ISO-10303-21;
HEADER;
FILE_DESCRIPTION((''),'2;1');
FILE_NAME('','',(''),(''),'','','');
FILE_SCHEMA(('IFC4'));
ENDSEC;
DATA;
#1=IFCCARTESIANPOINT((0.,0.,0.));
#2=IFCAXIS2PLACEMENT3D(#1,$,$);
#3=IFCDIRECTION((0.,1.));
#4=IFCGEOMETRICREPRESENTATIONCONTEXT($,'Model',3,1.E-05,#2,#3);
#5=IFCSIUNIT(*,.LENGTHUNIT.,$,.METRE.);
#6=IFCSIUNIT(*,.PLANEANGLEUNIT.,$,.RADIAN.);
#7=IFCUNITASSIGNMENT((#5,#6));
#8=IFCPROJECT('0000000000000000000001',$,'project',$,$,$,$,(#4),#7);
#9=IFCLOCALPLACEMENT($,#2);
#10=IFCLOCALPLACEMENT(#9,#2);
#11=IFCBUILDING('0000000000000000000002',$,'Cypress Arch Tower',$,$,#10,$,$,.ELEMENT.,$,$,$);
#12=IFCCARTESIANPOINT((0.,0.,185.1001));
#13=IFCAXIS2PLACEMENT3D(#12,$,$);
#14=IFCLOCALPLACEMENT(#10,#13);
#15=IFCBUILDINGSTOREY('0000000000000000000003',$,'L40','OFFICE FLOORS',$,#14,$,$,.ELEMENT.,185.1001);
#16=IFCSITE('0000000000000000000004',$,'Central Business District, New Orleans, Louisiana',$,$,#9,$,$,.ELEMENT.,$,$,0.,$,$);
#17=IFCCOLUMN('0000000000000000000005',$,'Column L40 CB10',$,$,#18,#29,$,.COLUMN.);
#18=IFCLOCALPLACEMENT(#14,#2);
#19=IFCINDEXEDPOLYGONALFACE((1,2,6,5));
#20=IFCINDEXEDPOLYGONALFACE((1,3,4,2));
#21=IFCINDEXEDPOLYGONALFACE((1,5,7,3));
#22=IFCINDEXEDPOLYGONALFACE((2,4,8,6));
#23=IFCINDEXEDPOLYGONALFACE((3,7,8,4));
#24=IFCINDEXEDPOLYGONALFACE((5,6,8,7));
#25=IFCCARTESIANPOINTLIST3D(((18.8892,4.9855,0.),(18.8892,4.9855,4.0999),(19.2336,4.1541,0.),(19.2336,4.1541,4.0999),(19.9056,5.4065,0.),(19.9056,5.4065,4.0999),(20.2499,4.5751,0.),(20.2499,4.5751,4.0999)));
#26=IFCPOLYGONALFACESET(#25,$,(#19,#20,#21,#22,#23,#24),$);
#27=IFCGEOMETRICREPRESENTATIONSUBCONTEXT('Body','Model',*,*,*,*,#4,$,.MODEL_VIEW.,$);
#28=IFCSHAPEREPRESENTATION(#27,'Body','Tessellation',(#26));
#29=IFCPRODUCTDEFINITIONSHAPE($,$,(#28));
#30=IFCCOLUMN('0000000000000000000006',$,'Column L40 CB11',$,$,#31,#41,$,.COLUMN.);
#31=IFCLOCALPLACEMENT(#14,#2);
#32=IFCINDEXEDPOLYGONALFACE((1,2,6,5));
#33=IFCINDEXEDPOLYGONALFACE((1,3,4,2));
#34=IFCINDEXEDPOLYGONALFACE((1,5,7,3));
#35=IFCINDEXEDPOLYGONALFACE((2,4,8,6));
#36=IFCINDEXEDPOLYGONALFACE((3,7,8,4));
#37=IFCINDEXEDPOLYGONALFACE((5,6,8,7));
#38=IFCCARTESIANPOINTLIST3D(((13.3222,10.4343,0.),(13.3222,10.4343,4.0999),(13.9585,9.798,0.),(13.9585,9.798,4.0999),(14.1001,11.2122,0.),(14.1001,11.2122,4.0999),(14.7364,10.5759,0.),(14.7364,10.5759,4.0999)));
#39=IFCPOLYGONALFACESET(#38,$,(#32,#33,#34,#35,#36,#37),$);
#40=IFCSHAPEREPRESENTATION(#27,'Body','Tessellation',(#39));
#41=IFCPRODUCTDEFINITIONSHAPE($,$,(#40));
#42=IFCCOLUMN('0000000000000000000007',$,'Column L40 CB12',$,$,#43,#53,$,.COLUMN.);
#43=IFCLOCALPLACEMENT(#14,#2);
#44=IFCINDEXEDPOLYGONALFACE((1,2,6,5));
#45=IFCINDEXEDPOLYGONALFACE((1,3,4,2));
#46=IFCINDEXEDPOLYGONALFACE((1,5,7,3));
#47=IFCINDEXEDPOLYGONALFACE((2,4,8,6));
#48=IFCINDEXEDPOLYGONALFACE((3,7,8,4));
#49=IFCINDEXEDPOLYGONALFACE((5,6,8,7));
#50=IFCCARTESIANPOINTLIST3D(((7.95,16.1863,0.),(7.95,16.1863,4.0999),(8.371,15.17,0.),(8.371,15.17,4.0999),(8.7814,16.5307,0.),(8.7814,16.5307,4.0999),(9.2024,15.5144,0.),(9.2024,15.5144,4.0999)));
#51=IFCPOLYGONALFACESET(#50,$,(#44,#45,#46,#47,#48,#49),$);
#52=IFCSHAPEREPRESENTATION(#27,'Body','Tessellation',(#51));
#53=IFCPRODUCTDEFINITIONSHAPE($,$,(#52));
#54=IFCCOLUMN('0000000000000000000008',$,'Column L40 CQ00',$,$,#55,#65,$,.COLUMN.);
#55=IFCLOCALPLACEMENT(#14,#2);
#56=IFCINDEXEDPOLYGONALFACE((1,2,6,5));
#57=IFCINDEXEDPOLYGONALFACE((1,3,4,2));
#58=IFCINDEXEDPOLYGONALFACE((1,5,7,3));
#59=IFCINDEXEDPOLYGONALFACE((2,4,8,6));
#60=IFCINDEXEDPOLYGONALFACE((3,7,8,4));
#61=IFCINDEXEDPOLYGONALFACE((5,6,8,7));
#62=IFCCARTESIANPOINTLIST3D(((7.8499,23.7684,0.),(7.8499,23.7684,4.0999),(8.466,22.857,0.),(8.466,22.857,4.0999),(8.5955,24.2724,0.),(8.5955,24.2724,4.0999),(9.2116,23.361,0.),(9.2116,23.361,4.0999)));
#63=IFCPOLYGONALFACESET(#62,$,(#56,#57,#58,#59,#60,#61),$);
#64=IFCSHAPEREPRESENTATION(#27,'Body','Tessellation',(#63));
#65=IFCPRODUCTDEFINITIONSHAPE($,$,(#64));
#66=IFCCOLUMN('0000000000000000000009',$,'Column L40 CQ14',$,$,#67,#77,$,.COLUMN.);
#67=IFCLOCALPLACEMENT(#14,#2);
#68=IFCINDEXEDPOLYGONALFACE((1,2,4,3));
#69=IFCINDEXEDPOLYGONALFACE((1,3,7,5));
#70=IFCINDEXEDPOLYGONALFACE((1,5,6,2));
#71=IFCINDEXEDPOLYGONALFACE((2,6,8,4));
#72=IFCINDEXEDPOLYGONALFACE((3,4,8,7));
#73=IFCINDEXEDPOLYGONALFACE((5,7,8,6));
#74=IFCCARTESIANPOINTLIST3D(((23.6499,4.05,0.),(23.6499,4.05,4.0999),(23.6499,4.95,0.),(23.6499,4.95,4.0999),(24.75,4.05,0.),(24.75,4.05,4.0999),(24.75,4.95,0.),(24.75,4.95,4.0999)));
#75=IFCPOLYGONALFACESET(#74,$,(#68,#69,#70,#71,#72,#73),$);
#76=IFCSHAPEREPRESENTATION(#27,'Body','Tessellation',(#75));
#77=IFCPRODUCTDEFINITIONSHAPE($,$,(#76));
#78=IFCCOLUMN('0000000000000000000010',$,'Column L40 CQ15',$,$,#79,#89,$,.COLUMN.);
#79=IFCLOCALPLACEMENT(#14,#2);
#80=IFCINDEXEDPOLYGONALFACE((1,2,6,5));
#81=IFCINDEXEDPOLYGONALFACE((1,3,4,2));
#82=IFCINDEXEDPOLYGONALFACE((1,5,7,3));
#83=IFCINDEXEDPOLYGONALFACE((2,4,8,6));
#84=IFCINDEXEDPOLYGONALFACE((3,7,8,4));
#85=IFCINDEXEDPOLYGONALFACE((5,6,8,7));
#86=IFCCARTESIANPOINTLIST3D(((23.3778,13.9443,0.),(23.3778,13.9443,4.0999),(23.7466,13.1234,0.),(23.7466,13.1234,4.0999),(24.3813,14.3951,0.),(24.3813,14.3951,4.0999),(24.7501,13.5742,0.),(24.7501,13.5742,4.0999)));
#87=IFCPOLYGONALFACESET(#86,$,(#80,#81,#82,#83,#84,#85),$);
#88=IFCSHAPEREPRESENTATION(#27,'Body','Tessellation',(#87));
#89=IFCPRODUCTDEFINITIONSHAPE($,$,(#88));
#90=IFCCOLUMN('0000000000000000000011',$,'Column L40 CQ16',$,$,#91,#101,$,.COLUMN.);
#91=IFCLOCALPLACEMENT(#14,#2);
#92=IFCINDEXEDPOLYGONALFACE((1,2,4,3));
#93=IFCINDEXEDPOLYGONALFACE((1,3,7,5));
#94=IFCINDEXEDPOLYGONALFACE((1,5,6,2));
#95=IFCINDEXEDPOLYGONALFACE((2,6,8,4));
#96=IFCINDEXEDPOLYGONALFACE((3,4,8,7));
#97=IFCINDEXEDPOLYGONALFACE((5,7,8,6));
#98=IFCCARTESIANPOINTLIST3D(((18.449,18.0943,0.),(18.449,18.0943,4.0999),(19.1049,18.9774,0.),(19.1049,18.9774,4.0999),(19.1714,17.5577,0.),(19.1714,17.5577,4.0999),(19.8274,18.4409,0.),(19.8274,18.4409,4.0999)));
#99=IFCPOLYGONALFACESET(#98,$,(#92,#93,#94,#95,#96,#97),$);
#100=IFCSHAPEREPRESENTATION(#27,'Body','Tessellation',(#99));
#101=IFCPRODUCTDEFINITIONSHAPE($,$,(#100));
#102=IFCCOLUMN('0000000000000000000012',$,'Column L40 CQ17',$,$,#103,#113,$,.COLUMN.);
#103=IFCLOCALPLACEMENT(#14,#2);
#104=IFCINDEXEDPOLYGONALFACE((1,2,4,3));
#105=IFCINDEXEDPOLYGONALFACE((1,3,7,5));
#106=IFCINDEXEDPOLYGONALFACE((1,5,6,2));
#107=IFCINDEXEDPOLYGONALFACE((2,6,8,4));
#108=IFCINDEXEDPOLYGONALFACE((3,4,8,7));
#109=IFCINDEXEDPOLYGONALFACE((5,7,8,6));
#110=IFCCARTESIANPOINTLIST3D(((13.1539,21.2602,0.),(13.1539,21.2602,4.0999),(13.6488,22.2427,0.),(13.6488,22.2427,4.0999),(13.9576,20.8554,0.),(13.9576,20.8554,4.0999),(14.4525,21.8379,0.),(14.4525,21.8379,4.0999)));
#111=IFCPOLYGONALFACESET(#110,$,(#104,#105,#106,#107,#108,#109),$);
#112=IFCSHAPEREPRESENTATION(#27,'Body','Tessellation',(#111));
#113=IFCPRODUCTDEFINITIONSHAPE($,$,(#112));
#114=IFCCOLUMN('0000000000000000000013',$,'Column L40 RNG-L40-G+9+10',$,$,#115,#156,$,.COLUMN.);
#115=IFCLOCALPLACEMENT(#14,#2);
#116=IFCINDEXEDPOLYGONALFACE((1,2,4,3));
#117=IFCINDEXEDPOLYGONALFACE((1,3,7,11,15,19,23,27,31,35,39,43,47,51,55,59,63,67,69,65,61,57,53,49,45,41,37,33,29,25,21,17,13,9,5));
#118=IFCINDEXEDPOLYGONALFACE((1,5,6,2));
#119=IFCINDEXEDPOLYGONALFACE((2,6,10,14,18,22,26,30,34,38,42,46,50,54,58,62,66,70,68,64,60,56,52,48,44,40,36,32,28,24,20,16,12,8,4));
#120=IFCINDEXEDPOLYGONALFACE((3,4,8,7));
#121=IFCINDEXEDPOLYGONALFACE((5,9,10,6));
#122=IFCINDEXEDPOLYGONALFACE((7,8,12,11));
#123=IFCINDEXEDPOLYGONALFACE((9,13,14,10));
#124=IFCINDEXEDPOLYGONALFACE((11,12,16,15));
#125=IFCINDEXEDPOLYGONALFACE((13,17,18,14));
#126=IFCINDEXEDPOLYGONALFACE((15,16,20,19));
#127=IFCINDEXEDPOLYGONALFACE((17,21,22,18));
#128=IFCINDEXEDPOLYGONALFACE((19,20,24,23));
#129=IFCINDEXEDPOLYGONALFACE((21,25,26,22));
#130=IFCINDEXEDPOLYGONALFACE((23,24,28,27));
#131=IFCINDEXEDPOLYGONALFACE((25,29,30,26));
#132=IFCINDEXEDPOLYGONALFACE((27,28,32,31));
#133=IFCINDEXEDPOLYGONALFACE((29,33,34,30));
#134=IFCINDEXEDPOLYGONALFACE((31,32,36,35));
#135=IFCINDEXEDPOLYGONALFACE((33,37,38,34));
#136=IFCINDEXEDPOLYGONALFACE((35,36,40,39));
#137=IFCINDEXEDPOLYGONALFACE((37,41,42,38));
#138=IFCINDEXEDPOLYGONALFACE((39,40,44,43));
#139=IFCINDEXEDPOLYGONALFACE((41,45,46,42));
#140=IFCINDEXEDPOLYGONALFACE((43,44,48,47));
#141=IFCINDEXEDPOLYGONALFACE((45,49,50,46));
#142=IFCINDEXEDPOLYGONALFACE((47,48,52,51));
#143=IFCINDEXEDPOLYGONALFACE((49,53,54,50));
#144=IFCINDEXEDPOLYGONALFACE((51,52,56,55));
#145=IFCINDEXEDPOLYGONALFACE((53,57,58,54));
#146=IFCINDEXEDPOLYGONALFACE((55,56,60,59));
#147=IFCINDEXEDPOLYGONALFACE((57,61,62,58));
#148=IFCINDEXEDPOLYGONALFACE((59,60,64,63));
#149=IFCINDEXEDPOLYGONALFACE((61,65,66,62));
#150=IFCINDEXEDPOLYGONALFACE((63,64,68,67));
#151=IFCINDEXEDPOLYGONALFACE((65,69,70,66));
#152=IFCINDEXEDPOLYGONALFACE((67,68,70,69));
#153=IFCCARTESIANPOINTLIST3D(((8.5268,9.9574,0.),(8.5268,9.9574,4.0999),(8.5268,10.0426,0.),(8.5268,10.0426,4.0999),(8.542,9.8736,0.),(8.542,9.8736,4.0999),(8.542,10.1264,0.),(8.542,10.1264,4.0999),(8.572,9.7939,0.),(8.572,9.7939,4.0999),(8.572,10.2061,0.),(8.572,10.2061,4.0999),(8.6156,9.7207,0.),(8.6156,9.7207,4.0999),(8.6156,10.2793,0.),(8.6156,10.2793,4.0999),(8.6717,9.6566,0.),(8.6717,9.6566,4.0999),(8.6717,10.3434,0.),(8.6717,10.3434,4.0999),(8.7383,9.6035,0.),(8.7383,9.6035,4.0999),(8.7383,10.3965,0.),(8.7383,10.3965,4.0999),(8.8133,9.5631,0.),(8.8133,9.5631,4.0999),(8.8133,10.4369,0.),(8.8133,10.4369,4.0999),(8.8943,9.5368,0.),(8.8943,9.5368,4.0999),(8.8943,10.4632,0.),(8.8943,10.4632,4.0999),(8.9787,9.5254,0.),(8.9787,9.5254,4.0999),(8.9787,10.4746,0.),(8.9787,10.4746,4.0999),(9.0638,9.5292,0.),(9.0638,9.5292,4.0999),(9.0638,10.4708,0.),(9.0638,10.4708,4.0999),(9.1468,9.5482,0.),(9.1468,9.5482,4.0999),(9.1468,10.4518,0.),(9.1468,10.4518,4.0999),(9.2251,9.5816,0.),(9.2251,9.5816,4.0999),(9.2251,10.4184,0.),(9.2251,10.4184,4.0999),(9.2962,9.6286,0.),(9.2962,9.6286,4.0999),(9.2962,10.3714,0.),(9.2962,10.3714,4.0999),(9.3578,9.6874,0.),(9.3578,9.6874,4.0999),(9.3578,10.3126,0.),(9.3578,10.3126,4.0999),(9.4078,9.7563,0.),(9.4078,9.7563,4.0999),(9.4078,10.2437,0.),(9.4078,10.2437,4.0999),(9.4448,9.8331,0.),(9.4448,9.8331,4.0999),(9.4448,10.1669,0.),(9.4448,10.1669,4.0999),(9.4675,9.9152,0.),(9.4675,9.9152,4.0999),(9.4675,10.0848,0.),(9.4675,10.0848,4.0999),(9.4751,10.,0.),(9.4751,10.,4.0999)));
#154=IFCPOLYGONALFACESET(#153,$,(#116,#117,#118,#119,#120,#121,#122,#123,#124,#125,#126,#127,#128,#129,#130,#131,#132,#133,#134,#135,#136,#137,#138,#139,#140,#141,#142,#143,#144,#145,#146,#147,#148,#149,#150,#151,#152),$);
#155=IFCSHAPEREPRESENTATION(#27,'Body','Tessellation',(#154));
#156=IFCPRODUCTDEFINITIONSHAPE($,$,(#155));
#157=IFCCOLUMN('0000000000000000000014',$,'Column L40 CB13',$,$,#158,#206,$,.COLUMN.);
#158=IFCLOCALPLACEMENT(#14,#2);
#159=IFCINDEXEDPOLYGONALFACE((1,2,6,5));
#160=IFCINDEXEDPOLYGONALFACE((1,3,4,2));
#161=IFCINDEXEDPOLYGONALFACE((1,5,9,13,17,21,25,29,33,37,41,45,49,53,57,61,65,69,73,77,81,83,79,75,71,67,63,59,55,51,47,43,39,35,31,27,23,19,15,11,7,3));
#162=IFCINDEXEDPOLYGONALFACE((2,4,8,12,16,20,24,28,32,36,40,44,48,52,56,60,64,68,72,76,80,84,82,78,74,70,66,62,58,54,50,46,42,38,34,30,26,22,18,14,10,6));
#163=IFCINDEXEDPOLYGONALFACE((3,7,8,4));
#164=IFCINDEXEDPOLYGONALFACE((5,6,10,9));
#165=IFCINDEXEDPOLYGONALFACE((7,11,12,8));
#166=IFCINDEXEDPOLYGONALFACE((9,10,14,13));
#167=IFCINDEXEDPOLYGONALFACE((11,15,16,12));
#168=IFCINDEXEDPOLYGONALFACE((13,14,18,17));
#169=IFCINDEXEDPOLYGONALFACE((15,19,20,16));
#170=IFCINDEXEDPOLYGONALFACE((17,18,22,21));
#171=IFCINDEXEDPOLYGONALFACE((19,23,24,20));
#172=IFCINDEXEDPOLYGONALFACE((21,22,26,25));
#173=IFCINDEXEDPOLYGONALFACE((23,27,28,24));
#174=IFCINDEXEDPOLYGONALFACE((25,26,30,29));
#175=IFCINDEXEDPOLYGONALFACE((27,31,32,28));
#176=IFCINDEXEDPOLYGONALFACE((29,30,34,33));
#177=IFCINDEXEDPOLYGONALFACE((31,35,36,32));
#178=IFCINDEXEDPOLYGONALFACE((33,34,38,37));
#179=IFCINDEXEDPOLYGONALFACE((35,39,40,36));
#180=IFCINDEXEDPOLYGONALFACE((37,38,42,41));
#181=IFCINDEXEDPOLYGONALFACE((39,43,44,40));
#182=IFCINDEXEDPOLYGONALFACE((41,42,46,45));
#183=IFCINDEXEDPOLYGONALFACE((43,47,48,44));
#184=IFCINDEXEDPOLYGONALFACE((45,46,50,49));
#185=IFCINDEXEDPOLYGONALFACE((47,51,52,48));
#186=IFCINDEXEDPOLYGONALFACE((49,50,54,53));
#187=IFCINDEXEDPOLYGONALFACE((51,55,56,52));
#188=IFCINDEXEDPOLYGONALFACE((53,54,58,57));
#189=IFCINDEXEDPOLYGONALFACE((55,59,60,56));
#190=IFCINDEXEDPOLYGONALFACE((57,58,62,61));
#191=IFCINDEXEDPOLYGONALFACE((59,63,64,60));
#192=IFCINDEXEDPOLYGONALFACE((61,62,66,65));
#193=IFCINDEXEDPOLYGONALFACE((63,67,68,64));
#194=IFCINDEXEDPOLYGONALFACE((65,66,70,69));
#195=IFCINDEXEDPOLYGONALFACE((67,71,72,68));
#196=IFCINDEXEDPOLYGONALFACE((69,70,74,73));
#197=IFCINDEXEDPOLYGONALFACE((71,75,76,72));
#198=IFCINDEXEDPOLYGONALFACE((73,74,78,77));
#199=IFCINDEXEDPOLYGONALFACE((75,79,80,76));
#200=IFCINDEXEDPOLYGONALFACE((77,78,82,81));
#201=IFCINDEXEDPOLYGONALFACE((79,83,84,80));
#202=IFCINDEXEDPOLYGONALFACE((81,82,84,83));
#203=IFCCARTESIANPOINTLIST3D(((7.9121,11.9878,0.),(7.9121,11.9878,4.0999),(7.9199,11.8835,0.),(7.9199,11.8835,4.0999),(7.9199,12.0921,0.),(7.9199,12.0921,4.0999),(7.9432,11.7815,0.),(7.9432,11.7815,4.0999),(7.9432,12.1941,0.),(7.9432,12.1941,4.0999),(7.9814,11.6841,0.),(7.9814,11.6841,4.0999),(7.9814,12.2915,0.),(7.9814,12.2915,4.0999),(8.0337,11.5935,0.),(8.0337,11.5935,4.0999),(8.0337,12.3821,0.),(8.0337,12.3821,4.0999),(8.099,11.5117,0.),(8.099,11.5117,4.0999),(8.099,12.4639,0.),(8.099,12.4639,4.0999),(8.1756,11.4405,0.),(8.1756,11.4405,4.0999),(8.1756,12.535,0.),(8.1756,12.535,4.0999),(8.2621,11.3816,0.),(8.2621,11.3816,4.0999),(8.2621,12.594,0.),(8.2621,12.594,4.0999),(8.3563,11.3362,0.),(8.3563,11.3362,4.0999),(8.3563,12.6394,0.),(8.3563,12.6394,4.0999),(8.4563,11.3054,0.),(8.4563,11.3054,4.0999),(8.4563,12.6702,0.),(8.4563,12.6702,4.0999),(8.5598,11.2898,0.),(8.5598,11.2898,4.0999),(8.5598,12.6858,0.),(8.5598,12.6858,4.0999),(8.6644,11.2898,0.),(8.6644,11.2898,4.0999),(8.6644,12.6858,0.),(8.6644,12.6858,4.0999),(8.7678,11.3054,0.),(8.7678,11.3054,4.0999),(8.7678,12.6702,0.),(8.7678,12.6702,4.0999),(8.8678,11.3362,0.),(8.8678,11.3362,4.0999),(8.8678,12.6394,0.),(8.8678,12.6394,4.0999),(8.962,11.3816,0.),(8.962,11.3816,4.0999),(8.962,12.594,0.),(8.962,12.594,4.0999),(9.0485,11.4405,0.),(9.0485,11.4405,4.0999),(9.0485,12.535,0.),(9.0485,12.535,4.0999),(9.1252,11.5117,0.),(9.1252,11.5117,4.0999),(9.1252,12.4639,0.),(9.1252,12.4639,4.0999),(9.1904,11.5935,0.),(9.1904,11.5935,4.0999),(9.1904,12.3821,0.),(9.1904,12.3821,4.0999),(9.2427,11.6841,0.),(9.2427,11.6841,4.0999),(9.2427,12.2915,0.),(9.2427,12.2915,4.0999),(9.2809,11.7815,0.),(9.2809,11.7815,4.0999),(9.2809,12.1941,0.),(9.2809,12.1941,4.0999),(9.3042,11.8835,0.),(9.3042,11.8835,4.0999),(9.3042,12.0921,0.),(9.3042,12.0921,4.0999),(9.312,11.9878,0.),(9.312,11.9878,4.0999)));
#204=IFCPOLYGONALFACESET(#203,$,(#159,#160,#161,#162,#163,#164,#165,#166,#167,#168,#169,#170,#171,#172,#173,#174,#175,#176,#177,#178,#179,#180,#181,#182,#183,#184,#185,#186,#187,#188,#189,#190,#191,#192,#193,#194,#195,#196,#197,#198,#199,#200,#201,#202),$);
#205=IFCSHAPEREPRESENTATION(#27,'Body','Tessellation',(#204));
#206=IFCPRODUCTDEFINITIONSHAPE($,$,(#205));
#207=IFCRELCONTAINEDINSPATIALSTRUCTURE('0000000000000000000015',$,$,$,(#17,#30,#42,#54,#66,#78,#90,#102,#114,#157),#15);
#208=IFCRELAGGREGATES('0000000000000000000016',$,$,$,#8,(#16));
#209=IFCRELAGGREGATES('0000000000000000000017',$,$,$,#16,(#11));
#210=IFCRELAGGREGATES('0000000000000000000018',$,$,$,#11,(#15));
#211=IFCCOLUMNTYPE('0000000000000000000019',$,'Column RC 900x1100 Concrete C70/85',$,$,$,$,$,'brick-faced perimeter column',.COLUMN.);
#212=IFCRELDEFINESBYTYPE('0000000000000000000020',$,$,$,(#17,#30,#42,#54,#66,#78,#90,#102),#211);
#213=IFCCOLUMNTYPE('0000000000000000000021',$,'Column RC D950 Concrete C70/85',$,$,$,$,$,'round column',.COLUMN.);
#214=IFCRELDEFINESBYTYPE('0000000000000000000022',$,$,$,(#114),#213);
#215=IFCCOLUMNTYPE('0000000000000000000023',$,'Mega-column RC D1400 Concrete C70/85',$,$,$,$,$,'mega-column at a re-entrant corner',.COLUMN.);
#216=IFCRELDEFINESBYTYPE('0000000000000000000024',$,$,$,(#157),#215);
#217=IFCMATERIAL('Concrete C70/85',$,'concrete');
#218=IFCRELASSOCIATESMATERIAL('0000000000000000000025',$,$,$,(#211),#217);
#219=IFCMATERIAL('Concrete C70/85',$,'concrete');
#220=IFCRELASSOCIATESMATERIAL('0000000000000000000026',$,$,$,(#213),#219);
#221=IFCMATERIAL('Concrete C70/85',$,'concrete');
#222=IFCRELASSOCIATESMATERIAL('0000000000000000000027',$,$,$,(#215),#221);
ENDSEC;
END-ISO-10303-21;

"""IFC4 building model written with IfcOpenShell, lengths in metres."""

from ifc_helpers import new_model, si_unit, direction, frame, origin, origin_2d, place, context, subcontext, project, spatial, rectangle, circle, extrude, material, material_profile, profile_set, type_object, element, save


model = new_model("IFC4")

# Units and contexts
model_context = context("Model", 3, precision=1e-05, world=origin(), true_north=direction((0.0, 1.0)))
body_context = subcontext(model_context, "Body", "Model", "MODEL_VIEW")
ifc_project = project(units=[si_unit("LENGTHUNIT", "METRE"), si_unit("PLANEANGLEUNIT", "RADIAN")], contexts=[model_context])

# Site, building, storey
site_placement = place(None, origin())
site = spatial("IfcSite", under=ifc_project, at=site_placement, Name="Central Business District, New Orleans, Louisiana", CompositionType="ELEMENT", RefElevation=0.0)
building_placement = place(site_placement, origin())
building = spatial("IfcBuilding", under=site, at=building_placement, Name="Cypress Arch Tower", CompositionType="ELEMENT")
storey_placement = place(building_placement, frame((0.0, 0.0, 185.1001)))
storey = spatial("IfcBuildingStorey", under=building, at=storey_placement, Name="L40", Description="OFFICE FLOORS", CompositionType="ELEMENT", Elevation=185.1001)

# Columns
ifc_material_1 = material(Name="Concrete C70/85", Category="concrete")
ifc_material_profile_1 = material_profile(ifc_material_1, rectangle(XDim=0.8999, YDim=1.1001, at=origin_2d()), Name="RC 900x1100")
ifc_profile_set_1 = profile_set([ifc_material_profile_1], Name="Concrete C70/85")
column_type_1 = type_object("IfcColumnType", Name="Column RC 900x1100 Concrete C70/85", ElementType="brick-faced perimeter column", PredefinedType="COLUMN", material=ifc_profile_set_1)
for number, where, z_axis, x_axis, name in (
    (1, (19.5696, 4.7803, 0.0), (0.0, 0.0, 1.0), (-0.382683, 0.92388, 0.0), "Column L40 CB10"),
    (2, (14.0293, 10.5051, 0.0), (0.0, 0.0, 1.0), (-0.707107, 0.707107, 0.0), "Column L40 CB11"),
    (3, (8.5762, 15.8503, 0.0), (0.0, 0.0, 1.0), (-0.92388, -0.382683, 0.0), "Column L40 CB12"),
    (4, (8.5308, 23.5647, 0.0), (0.0, 0.0, 1.0), (-0.82847, -0.560034, 0.0), "Column L40 CQ00"),
    (5, (24.2, 4.5, 0.0), (0.0, 0.0, 1.0), (0.0, 1.0, 0.0), "Column L40 CQ14"),
    (6, (24.064, 13.7593, 0.0), (0.0, 0.0, 1.0), (-0.409765, 0.912191, 0.0), "Column L40 CQ15"),
    (7, (19.1382, 18.2676, 0.0), (0.0, 0.0, 1.0), (-0.802799, 0.59625, 0.0), "Column L40 CQ16"),
    (8, (13.8032, 21.5491, 0.0), (0.0, 0.0, 1.0), (-0.893106, 0.449845, 0.0), "Column L40 CQ17"),
):
    element("IfcColumn", number, at=place(storey_placement, frame(where, z_axis=z_axis, x_axis=x_axis)), inside=storey, type_object=column_type_1, Name=name, PredefinedType="COLUMN", context=body_context, shape_type="SweptSolid", body=[
        extrude(rectangle(XDim=0.8999, YDim=1.1001, at=origin_2d()), origin(), (0.0, 0.0, 1.0), 4.0999),
    ])
ifc_material_2 = material(Name="Concrete C70/85", Category="concrete")
ifc_material_profile_2 = material_profile(ifc_material_2, circle(Radius=0.4751, at=origin_2d()), Name="RC D950")
ifc_profile_set_2 = profile_set([ifc_material_profile_2], Name="Concrete C70/85")
column_type_2 = type_object("IfcColumnType", Name="Column RC D950 Concrete C70/85", ElementType="round column", PredefinedType="COLUMN", material=ifc_profile_set_2)
column_1_placement = place(storey_placement, frame((9.0, 10.0, 0.0), z_axis=(0.0, 0.0, 1.0), x_axis=(1.0, 0.0, 0.0)))
element("IfcColumn", 9, at=column_1_placement, inside=storey, type_object=column_type_2, Name="Column L40 RNG-L40-G+9+10", PredefinedType="COLUMN", context=body_context, shape_type="SweptSolid", body=[
    extrude(circle(Radius=0.4751, at=origin_2d()), origin(), (0.0, 0.0, 1.0), 4.0999),
])
ifc_material_3 = material(Name="Concrete C70/85", Category="concrete")
ifc_material_profile_3 = material_profile(ifc_material_3, circle(Radius=0.7, at=origin_2d()), Name="RC D1400")
ifc_profile_set_3 = profile_set([ifc_material_profile_3], Name="Concrete C70/85")
column_type_3 = type_object("IfcColumnType", Name="Mega-column RC D1400 Concrete C70/85", ElementType="mega-column at a re-entrant corner", PredefinedType="COLUMN", material=ifc_profile_set_3)
column_2_placement = place(storey_placement, frame((8.6121, 11.9878, 0.0), z_axis=(0.0, 0.0, 1.0), x_axis=(1.0, 0.0, 0.0)))
element("IfcColumn", 10, at=column_2_placement, inside=storey, type_object=column_type_3, Name="Column L40 CB13", PredefinedType="COLUMN", context=body_context, shape_type="SweptSolid", body=[
    extrude(circle(Radius=0.7, at=origin_2d()), origin(), (0.0, 0.0, 1.0), 4.0999),
])

save(model, "model.ifc")
